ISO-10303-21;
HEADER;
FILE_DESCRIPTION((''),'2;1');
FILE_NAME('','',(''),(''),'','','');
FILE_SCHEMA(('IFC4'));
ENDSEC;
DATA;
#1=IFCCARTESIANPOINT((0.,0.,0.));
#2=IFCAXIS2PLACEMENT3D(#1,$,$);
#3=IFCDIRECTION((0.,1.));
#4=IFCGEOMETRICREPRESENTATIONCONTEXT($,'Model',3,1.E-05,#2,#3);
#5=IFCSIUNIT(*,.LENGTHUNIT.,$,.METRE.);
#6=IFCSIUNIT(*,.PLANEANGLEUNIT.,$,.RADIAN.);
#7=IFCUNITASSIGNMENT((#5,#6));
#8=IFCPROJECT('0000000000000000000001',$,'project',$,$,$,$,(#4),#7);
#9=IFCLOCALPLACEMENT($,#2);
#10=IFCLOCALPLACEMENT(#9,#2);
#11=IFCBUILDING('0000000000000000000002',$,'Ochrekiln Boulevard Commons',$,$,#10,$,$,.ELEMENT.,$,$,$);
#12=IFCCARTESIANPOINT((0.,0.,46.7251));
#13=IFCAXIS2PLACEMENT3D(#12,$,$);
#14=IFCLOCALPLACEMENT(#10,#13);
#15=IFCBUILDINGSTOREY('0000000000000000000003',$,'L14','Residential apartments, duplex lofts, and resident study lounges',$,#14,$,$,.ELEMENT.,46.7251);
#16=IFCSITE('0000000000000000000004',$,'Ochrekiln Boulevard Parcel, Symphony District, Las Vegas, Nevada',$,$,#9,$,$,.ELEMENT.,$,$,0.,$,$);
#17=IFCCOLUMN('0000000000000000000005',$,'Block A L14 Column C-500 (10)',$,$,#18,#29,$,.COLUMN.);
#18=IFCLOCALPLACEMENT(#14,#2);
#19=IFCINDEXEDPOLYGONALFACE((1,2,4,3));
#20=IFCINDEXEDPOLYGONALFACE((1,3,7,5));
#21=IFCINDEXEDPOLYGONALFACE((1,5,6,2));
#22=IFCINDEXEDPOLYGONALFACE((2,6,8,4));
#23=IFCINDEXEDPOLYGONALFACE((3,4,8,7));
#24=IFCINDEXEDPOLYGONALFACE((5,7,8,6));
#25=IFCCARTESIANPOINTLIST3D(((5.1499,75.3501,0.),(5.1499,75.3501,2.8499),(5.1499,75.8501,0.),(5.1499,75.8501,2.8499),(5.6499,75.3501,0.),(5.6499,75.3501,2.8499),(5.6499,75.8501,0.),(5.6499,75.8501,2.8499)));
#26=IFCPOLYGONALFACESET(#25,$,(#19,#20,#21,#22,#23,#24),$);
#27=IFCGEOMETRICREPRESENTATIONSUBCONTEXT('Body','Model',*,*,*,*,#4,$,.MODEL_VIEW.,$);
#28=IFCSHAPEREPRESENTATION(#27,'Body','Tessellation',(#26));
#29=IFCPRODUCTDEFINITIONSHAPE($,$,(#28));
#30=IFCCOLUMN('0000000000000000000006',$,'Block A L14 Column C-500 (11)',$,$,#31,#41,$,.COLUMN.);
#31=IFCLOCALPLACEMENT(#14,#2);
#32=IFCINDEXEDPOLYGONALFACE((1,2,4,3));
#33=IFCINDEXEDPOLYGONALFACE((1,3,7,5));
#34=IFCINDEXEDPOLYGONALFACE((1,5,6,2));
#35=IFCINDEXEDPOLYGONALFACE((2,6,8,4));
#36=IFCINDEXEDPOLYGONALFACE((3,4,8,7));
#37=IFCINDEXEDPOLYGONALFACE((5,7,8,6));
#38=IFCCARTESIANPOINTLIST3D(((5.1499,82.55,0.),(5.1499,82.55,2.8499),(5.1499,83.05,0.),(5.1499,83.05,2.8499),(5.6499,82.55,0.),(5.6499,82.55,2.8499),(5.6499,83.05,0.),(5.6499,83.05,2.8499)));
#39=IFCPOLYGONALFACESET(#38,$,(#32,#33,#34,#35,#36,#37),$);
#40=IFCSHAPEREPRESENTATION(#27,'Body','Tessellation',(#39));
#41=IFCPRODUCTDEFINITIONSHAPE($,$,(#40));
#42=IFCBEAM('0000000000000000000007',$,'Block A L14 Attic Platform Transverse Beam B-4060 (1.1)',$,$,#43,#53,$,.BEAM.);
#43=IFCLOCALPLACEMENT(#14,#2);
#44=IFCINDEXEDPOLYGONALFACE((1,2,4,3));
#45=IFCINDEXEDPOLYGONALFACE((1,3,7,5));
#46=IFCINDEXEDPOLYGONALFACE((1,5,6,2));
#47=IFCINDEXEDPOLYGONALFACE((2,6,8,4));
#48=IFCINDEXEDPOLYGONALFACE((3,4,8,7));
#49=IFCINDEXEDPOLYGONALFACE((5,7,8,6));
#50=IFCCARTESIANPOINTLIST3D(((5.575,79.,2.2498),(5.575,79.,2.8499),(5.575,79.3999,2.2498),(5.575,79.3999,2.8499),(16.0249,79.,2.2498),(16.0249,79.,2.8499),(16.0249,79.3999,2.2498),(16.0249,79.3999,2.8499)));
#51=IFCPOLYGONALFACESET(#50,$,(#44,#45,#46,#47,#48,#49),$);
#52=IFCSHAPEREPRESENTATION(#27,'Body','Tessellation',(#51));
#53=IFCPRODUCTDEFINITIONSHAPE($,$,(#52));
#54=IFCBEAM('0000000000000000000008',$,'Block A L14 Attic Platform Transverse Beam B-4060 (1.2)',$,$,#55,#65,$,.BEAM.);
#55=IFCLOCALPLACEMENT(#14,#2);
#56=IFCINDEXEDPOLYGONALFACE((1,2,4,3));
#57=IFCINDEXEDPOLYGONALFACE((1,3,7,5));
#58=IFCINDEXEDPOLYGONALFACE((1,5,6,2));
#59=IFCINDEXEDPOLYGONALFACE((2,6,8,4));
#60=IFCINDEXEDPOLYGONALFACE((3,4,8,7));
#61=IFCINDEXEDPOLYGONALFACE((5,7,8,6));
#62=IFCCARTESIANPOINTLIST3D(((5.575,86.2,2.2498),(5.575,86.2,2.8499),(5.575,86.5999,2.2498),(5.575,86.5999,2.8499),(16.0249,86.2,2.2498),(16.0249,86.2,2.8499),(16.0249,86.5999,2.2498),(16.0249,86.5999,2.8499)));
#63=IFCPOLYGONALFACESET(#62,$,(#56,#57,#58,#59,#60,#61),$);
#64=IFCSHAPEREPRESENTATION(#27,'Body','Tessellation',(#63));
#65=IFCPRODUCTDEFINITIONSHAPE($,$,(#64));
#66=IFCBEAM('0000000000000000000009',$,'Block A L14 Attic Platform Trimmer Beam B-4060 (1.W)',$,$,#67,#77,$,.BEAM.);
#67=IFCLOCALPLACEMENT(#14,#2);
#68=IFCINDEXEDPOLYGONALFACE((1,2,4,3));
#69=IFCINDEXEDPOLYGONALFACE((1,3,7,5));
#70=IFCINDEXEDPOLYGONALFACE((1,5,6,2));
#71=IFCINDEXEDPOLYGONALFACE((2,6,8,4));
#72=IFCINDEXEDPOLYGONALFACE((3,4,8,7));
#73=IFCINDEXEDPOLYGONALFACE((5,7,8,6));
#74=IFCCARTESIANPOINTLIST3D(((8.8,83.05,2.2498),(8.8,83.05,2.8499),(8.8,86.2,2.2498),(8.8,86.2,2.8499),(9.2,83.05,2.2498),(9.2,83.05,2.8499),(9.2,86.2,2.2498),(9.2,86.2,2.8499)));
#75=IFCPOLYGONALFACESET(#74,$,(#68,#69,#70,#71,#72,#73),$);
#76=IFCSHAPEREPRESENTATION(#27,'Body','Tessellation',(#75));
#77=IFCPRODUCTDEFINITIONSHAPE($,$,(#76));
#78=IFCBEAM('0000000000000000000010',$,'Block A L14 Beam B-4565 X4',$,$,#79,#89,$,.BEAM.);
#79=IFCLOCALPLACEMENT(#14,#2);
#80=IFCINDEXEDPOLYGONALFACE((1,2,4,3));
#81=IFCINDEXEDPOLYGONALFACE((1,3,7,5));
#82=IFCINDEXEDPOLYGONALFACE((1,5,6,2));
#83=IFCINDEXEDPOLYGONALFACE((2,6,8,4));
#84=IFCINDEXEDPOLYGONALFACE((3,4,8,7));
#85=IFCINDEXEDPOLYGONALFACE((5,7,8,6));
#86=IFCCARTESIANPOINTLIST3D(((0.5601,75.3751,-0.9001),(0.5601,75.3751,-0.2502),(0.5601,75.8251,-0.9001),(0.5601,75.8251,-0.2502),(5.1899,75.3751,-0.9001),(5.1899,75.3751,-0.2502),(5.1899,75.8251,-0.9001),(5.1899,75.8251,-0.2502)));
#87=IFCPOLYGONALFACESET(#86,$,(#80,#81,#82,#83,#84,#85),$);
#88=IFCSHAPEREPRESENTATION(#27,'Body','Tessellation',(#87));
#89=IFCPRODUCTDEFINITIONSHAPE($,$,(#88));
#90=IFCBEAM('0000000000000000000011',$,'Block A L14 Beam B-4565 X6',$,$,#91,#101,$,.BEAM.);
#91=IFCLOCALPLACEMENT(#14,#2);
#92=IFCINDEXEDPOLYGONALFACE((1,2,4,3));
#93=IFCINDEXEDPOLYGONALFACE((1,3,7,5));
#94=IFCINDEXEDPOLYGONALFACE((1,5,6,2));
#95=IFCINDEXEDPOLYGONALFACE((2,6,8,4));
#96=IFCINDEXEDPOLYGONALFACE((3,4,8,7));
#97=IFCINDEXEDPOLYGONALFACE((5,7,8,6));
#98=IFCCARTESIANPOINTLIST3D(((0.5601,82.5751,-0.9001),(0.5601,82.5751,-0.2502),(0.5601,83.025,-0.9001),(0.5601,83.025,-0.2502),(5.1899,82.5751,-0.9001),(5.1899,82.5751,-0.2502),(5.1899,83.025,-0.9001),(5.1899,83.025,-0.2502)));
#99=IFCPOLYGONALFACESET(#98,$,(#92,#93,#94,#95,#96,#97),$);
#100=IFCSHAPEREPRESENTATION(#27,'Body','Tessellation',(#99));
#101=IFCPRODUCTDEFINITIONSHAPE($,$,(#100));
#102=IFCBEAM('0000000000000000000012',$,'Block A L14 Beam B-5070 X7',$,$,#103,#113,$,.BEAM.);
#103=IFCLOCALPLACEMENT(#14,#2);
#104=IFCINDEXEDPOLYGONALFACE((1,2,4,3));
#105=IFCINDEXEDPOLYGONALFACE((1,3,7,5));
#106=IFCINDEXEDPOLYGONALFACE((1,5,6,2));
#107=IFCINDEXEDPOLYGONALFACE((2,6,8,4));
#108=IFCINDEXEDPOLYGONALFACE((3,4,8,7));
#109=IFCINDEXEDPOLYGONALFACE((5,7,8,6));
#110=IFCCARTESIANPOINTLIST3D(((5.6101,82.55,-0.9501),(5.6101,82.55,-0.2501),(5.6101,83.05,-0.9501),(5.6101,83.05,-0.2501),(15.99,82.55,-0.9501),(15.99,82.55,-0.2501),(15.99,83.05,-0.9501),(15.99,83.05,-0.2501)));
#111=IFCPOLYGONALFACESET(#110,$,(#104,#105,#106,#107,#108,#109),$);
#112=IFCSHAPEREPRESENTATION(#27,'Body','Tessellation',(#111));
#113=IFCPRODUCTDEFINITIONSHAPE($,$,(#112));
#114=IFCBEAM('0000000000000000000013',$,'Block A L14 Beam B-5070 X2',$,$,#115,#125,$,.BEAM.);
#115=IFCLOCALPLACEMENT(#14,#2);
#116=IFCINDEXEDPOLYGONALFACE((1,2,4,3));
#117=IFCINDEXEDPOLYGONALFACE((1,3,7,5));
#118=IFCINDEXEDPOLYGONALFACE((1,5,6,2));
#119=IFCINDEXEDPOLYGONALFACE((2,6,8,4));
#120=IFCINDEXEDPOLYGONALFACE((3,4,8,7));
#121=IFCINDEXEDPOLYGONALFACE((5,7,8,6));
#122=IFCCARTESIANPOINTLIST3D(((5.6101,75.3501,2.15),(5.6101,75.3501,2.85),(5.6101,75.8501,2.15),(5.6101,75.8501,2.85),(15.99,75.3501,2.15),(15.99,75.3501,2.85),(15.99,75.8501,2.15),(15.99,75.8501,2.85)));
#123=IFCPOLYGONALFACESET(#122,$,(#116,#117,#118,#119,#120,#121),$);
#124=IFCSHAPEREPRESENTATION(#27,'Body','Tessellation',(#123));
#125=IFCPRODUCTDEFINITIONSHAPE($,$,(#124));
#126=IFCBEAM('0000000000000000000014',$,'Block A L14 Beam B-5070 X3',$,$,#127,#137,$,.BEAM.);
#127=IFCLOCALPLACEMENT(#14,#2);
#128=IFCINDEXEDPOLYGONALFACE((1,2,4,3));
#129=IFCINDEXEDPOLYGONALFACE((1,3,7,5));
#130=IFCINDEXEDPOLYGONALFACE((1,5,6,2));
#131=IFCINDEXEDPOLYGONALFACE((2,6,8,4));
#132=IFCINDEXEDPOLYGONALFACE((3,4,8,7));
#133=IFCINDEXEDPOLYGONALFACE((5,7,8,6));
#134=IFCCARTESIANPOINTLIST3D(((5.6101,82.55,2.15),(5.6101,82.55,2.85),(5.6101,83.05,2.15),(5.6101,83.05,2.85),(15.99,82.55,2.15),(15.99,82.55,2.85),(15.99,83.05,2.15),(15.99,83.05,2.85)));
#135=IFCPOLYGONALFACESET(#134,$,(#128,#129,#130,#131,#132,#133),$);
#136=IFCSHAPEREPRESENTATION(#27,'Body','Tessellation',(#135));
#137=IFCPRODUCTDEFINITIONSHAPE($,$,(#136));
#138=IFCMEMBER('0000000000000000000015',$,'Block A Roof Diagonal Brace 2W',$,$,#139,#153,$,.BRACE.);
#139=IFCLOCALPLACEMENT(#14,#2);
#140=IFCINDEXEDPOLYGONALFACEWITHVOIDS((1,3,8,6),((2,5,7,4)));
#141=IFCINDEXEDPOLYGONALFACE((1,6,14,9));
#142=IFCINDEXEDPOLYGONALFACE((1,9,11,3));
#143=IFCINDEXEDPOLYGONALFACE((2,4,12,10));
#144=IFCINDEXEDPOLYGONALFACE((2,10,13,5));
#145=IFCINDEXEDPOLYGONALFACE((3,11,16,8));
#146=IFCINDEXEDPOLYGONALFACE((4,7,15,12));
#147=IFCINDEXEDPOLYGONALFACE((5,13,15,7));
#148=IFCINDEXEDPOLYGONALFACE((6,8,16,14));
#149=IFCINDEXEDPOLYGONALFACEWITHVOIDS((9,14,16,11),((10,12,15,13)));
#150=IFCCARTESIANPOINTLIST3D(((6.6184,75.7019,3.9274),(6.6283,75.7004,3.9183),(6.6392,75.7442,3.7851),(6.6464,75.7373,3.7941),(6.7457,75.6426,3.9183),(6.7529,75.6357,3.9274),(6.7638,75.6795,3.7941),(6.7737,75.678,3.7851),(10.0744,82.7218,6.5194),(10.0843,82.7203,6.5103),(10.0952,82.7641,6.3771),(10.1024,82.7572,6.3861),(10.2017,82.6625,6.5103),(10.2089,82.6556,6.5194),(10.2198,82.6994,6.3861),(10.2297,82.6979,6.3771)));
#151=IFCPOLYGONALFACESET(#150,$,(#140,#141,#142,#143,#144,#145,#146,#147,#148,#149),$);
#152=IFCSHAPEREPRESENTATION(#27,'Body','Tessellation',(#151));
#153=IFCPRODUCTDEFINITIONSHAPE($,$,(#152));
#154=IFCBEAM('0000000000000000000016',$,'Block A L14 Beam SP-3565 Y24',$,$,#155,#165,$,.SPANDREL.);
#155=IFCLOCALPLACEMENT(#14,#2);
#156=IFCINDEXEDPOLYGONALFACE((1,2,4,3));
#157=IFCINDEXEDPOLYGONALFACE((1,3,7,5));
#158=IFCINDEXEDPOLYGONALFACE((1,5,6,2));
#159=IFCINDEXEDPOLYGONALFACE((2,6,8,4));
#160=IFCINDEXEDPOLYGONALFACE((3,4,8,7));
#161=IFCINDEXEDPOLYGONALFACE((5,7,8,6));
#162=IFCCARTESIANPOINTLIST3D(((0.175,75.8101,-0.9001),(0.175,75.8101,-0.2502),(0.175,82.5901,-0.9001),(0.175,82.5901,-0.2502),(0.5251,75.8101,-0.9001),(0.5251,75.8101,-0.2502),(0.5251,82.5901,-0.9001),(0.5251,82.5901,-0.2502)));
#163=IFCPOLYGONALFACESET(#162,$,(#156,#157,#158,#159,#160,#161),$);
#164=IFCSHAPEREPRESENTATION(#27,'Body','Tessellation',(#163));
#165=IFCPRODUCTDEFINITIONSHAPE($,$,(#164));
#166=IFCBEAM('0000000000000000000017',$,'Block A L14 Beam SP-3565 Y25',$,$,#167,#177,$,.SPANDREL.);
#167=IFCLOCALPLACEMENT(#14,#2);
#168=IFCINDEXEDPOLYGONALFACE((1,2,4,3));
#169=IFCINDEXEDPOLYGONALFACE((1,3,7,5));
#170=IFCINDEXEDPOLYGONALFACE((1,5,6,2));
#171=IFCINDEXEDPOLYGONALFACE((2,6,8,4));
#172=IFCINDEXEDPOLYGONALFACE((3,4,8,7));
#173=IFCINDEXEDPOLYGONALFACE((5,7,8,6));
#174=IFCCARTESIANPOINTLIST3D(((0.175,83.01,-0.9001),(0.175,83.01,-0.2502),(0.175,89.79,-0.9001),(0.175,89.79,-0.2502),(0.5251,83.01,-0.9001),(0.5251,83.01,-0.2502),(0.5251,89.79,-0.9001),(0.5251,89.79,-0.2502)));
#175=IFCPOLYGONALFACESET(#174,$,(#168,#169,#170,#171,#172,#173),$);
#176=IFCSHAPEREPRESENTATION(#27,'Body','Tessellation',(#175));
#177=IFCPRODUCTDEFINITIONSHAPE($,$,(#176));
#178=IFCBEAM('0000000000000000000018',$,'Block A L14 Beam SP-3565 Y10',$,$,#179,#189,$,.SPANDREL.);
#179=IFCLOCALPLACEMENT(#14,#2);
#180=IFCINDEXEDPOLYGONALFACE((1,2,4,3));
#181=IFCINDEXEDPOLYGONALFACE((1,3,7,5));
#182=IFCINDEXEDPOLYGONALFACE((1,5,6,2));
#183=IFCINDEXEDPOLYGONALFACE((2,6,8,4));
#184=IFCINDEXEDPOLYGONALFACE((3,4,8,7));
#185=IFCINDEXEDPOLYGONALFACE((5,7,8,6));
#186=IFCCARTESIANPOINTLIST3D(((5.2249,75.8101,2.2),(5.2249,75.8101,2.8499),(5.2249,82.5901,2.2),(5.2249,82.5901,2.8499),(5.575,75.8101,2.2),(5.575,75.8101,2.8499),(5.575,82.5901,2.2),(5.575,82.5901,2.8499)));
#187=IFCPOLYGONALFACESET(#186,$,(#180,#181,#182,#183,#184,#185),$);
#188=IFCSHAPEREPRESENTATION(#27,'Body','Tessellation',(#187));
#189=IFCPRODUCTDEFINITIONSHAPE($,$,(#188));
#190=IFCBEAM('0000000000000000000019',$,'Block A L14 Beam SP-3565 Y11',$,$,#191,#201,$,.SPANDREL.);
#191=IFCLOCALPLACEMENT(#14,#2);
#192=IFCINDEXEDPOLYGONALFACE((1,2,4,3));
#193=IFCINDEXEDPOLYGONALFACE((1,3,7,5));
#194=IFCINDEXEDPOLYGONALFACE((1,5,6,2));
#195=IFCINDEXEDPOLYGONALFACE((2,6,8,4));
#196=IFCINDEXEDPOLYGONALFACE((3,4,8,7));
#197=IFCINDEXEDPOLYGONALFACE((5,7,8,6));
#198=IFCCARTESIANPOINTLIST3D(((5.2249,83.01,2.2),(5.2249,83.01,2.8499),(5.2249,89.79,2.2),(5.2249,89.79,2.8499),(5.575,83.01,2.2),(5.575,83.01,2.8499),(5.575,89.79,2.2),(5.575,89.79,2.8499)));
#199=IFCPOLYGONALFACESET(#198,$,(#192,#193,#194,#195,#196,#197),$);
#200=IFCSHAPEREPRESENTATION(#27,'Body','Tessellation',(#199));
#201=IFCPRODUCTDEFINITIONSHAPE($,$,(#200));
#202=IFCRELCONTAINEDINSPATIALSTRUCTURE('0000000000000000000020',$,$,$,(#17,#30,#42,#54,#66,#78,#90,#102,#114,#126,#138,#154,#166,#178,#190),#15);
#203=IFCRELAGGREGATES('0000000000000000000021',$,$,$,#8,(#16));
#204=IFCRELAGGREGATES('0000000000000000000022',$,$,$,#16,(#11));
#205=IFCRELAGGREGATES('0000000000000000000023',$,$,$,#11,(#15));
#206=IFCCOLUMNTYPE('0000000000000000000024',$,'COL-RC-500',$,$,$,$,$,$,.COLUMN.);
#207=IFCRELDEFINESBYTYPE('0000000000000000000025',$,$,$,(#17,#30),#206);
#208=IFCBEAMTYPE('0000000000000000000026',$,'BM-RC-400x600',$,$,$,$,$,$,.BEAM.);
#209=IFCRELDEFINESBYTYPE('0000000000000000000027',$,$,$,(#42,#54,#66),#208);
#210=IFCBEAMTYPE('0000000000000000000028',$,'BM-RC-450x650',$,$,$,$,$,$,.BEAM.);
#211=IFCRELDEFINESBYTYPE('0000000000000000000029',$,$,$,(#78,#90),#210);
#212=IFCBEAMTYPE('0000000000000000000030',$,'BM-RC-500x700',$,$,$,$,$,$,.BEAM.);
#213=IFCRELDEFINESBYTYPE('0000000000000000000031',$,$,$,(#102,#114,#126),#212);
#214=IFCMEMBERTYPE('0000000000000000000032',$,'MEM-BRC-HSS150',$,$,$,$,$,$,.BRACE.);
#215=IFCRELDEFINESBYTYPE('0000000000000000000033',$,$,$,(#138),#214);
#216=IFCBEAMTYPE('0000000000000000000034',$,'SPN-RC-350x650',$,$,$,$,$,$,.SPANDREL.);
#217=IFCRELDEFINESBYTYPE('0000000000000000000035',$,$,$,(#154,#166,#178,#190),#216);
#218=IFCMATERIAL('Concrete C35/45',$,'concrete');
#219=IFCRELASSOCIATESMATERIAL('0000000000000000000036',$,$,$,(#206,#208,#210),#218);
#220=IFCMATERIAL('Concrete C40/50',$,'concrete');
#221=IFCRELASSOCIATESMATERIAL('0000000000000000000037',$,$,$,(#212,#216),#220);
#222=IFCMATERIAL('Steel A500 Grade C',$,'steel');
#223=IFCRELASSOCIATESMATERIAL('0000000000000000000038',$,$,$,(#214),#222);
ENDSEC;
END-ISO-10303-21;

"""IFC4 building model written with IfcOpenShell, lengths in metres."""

from ifc_helpers import new_model, si_unit, direction, frame, origin, origin_2d, place, context, subcontext, project, spatial, rectangle, hollow_rectangle, extrude, material, material_profile, profile_set, type_object, element, save


model = new_model("IFC4")

# Units and contexts
model_context = context("Model", 3, precision=1e-05, world=origin(), true_north=direction((0.0, 1.0)))
body_context = subcontext(model_context, "Body", "Model", "MODEL_VIEW")
ifc_project = project(units=[si_unit("LENGTHUNIT", "METRE"), si_unit("PLANEANGLEUNIT", "RADIAN")], contexts=[model_context])

# Site, building, storey
site_placement = place(None, origin())
site = spatial("IfcSite", under=ifc_project, at=site_placement, Name="Ochrekiln Boulevard Parcel, Symphony District, Las Vegas, Nevada", CompositionType="ELEMENT", RefElevation=0.0)
building_placement = place(site_placement, origin())
building = spatial("IfcBuilding", under=site, at=building_placement, Name="Ochrekiln Boulevard Commons", CompositionType="ELEMENT")
storey_placement = place(building_placement, frame((0.0, 0.0, 46.7251)))
storey = spatial("IfcBuildingStorey", under=building, at=storey_placement, Name="L14", Description="Residential apartments, duplex lofts, and resident study lounges", CompositionType="ELEMENT", Elevation=46.7251)

# Columns
ifc_material_1 = material(Name="Concrete C35/45", Category="concrete")
ifc_material_profile_1 = material_profile(ifc_material_1, rectangle(XDim=0.5, YDim=0.5, at=origin_2d()), Name="RC-COL-500x500")
ifc_profile_set_1 = profile_set([ifc_material_profile_1], Name="Concrete C35/45")
column_type = type_object("IfcColumnType", Name="COL-RC-500", PredefinedType="COLUMN", material=ifc_profile_set_1)
for number, where, z_axis, x_axis, name in (
    (1, (5.3999, 75.6001, 0.0), (0.0, 0.0, 1.0), (1.0, 0.0, 0.0), "Block A L14 Column C-500 (10)"),
    (2, (5.3999, 82.8, 0.0), (0.0, 0.0, 1.0), (1.0, 0.0, 0.0), "Block A L14 Column C-500 (11)"),
):
    element("IfcColumn", number, at=place(storey_placement, frame(where, z_axis=z_axis, x_axis=x_axis)), inside=storey, type_object=column_type, Name=name, PredefinedType="COLUMN", context=body_context, shape_type="SweptSolid", body=[
        extrude(rectangle(XDim=0.5, YDim=0.5, at=origin_2d()), origin(), (0.0, 0.0, 1.0), 2.8499),
    ])

# Beams
ifc_material_profile_2 = material_profile(ifc_material_1, rectangle(XDim=0.3999, YDim=0.6001, at=origin_2d()), Name="RC-BM-400x600")
ifc_profile_set_2 = profile_set([ifc_material_profile_2], Name="Concrete C35/45")
beam_type_1 = type_object("IfcBeamType", Name="BM-RC-400x600", PredefinedType="BEAM", material=ifc_profile_set_2)
for number, where, z_axis, x_axis, name in (
    (3, (5.575, 79.2, 2.5498), (1.0, 0.0, 0.0), (0.0, 1.0, 0.0), "Block A L14 Attic Platform Transverse Beam B-4060 (1.1)"),
    (4, (5.575, 86.3999, 2.5498), (1.0, 0.0, 0.0), (0.0, 1.0, 0.0), "Block A L14 Attic Platform Transverse Beam B-4060 (1.2)"),
):
    element("IfcBeam", number, at=place(storey_placement, frame(where, z_axis=z_axis, x_axis=x_axis)), inside=storey, type_object=beam_type_1, Name=name, PredefinedType="BEAM", context=body_context, shape_type="SweptSolid", body=[
        extrude(rectangle(XDim=0.3999, YDim=0.6001, at=origin_2d()), origin(), (0.0, 0.0, 1.0), 10.45),
    ])
beam_placement = place(storey_placement, frame((9.0, 83.05, 2.5498), z_axis=(0.0, 1.0, 0.0), x_axis=(-1.0, 0.0, 0.0)))
element("IfcBeam", 5, at=beam_placement, inside=storey, type_object=beam_type_1, Name="Block A L14 Attic Platform Trimmer Beam B-4060 (1.W)", PredefinedType="BEAM", context=body_context, shape_type="SweptSolid", body=[
    extrude(rectangle(XDim=0.3999, YDim=0.6001, at=origin_2d()), origin(), (0.0, 0.0, 1.0), 3.1499),
])
ifc_material_profile_3 = material_profile(ifc_material_1, rectangle(XDim=0.45, YDim=0.6499, at=origin_2d()), Name="RC-BM-450x650")
ifc_profile_set_3 = profile_set([ifc_material_profile_3], Name="Concrete C35/45")
beam_type_2 = type_object("IfcBeamType", Name="BM-RC-450x650", PredefinedType="BEAM", material=ifc_profile_set_3)
for number, where, z_axis, x_axis, name in (
    (6, (0.5601, 75.6001, -0.5752), (1.0, 0.0, 0.0), (0.0, 1.0, 0.0), "Block A L14 Beam B-4565 X4"),
    (7, (0.5601, 82.8, -0.5752), (1.0, 0.0, 0.0), (0.0, 1.0, 0.0), "Block A L14 Beam B-4565 X6"),
):
    element("IfcBeam", number, at=place(storey_placement, frame(where, z_axis=z_axis, x_axis=x_axis)), inside=storey, type_object=beam_type_2, Name=name, PredefinedType="BEAM", context=body_context, shape_type="SweptSolid", body=[
        extrude(rectangle(XDim=0.45, YDim=0.6499, at=origin_2d()), origin(), (0.0, 0.0, 1.0), 4.6299),
    ])
ifc_material_2 = material(Name="Concrete C40/50", Category="concrete")
ifc_material_profile_4 = material_profile(ifc_material_2, rectangle(XDim=0.5, YDim=0.7, at=origin_2d()), Name="RC-BM-500x700")
ifc_profile_set_4 = profile_set([ifc_material_profile_4], Name="Concrete C40/50")
beam_type_3 = type_object("IfcBeamType", Name="BM-RC-500x700", PredefinedType="BEAM", material=ifc_profile_set_4)
for number, where, z_axis, x_axis, name in (
    (8, (5.6101, 82.8, -0.6001), (1.0, 0.0, 0.0), (0.0, 1.0, 0.0), "Block A L14 Beam B-5070 X7"),
    (9, (5.6101, 75.6001, 2.5), (1.0, 0.0, 0.0), (0.0, 1.0, 0.0), "Block A L14 Beam B-5070 X2"),
    (10, (5.6101, 82.8, 2.5), (1.0, 0.0, 0.0), (0.0, 1.0, 0.0), "Block A L14 Beam B-5070 X3"),
):
    element("IfcBeam", number, at=place(storey_placement, frame(where, z_axis=z_axis, x_axis=x_axis)), inside=storey, type_object=beam_type_3, Name=name, PredefinedType="BEAM", context=body_context, shape_type="SweptSolid", body=[
        extrude(rectangle(XDim=0.5, YDim=0.7, at=origin_2d()), origin(), (0.0, 0.0, 1.0), 10.3799),
    ])

# Member
ifc_material_3 = material(Name="Steel A500 Grade C", Category="steel")
ifc_material_profile_5 = material_profile(ifc_material_3, hollow_rectangle(XDim=0.1499, YDim=0.1499, WallThickness=0.0095, at=origin_2d()), Name="HSS150X150X9.5")
ifc_profile_set_5 = profile_set([ifc_material_profile_5], Name="Steel A500 Grade C")
member_type = type_object("IfcMemberType", Name="MEM-BRC-HSS150", PredefinedType="BRACE", material=ifc_profile_set_5)
member_placement = place(storey_placement, frame((6.696, 75.6899, 3.8562), z_axis=(0.419282, 0.851655, 0.314461), x_axis=(-0.897168, 0.441689, 0.0)))
element("IfcMember", 11, at=member_placement, inside=storey, type_object=member_type, Name="Block A Roof Diagonal Brace 2W", PredefinedType="BRACE", context=body_context, shape_type="SweptSolid", body=[
    extrude(hollow_rectangle(XDim=0.1499, YDim=0.1499, WallThickness=0.0095, at=origin_2d()), origin(), (0.0, 0.0, 1.0), 8.2427),
])

# Beams
ifc_material_profile_6 = material_profile(ifc_material_2, rectangle(XDim=0.3501, YDim=0.6499, at=origin_2d()), Name="RC-SPN-350x650")
ifc_profile_set_6 = profile_set([ifc_material_profile_6], Name="Concrete C40/50")
beam_type_4 = type_object("IfcBeamType", Name="SPN-RC-350x650", PredefinedType="SPANDREL", material=ifc_profile_set_6)
for number, where, z_axis, x_axis, name in (
    (12, (0.3501, 75.8101, -0.5752), (0.0, 1.0, 0.0), (-1.0, 0.0, 0.0), "Block A L14 Beam SP-3565 Y24"),
    (13, (0.3501, 83.01, -0.5752), (0.0, 1.0, 0.0), (-1.0, 0.0, 0.0), "Block A L14 Beam SP-3565 Y25"),
    (14, (5.3999, 75.8101, 2.5249), (0.0, 1.0, 0.0), (-1.0, 0.0, 0.0), "Block A L14 Beam SP-3565 Y10"),
    (15, (5.3999, 83.01, 2.5249), (0.0, 1.0, 0.0), (-1.0, 0.0, 0.0), "Block A L14 Beam SP-3565 Y11"),
):
    element("IfcBeam", number, at=place(storey_placement, frame(where, z_axis=z_axis, x_axis=x_axis)), inside=storey, type_object=beam_type_4, Name=name, PredefinedType="SPANDREL", context=body_context, shape_type="SweptSolid", body=[
        extrude(rectangle(XDim=0.3501, YDim=0.6499, at=origin_2d()), origin(), (0.0, 0.0, 1.0), 6.78),
    ])

save(model, "model.ifc")
